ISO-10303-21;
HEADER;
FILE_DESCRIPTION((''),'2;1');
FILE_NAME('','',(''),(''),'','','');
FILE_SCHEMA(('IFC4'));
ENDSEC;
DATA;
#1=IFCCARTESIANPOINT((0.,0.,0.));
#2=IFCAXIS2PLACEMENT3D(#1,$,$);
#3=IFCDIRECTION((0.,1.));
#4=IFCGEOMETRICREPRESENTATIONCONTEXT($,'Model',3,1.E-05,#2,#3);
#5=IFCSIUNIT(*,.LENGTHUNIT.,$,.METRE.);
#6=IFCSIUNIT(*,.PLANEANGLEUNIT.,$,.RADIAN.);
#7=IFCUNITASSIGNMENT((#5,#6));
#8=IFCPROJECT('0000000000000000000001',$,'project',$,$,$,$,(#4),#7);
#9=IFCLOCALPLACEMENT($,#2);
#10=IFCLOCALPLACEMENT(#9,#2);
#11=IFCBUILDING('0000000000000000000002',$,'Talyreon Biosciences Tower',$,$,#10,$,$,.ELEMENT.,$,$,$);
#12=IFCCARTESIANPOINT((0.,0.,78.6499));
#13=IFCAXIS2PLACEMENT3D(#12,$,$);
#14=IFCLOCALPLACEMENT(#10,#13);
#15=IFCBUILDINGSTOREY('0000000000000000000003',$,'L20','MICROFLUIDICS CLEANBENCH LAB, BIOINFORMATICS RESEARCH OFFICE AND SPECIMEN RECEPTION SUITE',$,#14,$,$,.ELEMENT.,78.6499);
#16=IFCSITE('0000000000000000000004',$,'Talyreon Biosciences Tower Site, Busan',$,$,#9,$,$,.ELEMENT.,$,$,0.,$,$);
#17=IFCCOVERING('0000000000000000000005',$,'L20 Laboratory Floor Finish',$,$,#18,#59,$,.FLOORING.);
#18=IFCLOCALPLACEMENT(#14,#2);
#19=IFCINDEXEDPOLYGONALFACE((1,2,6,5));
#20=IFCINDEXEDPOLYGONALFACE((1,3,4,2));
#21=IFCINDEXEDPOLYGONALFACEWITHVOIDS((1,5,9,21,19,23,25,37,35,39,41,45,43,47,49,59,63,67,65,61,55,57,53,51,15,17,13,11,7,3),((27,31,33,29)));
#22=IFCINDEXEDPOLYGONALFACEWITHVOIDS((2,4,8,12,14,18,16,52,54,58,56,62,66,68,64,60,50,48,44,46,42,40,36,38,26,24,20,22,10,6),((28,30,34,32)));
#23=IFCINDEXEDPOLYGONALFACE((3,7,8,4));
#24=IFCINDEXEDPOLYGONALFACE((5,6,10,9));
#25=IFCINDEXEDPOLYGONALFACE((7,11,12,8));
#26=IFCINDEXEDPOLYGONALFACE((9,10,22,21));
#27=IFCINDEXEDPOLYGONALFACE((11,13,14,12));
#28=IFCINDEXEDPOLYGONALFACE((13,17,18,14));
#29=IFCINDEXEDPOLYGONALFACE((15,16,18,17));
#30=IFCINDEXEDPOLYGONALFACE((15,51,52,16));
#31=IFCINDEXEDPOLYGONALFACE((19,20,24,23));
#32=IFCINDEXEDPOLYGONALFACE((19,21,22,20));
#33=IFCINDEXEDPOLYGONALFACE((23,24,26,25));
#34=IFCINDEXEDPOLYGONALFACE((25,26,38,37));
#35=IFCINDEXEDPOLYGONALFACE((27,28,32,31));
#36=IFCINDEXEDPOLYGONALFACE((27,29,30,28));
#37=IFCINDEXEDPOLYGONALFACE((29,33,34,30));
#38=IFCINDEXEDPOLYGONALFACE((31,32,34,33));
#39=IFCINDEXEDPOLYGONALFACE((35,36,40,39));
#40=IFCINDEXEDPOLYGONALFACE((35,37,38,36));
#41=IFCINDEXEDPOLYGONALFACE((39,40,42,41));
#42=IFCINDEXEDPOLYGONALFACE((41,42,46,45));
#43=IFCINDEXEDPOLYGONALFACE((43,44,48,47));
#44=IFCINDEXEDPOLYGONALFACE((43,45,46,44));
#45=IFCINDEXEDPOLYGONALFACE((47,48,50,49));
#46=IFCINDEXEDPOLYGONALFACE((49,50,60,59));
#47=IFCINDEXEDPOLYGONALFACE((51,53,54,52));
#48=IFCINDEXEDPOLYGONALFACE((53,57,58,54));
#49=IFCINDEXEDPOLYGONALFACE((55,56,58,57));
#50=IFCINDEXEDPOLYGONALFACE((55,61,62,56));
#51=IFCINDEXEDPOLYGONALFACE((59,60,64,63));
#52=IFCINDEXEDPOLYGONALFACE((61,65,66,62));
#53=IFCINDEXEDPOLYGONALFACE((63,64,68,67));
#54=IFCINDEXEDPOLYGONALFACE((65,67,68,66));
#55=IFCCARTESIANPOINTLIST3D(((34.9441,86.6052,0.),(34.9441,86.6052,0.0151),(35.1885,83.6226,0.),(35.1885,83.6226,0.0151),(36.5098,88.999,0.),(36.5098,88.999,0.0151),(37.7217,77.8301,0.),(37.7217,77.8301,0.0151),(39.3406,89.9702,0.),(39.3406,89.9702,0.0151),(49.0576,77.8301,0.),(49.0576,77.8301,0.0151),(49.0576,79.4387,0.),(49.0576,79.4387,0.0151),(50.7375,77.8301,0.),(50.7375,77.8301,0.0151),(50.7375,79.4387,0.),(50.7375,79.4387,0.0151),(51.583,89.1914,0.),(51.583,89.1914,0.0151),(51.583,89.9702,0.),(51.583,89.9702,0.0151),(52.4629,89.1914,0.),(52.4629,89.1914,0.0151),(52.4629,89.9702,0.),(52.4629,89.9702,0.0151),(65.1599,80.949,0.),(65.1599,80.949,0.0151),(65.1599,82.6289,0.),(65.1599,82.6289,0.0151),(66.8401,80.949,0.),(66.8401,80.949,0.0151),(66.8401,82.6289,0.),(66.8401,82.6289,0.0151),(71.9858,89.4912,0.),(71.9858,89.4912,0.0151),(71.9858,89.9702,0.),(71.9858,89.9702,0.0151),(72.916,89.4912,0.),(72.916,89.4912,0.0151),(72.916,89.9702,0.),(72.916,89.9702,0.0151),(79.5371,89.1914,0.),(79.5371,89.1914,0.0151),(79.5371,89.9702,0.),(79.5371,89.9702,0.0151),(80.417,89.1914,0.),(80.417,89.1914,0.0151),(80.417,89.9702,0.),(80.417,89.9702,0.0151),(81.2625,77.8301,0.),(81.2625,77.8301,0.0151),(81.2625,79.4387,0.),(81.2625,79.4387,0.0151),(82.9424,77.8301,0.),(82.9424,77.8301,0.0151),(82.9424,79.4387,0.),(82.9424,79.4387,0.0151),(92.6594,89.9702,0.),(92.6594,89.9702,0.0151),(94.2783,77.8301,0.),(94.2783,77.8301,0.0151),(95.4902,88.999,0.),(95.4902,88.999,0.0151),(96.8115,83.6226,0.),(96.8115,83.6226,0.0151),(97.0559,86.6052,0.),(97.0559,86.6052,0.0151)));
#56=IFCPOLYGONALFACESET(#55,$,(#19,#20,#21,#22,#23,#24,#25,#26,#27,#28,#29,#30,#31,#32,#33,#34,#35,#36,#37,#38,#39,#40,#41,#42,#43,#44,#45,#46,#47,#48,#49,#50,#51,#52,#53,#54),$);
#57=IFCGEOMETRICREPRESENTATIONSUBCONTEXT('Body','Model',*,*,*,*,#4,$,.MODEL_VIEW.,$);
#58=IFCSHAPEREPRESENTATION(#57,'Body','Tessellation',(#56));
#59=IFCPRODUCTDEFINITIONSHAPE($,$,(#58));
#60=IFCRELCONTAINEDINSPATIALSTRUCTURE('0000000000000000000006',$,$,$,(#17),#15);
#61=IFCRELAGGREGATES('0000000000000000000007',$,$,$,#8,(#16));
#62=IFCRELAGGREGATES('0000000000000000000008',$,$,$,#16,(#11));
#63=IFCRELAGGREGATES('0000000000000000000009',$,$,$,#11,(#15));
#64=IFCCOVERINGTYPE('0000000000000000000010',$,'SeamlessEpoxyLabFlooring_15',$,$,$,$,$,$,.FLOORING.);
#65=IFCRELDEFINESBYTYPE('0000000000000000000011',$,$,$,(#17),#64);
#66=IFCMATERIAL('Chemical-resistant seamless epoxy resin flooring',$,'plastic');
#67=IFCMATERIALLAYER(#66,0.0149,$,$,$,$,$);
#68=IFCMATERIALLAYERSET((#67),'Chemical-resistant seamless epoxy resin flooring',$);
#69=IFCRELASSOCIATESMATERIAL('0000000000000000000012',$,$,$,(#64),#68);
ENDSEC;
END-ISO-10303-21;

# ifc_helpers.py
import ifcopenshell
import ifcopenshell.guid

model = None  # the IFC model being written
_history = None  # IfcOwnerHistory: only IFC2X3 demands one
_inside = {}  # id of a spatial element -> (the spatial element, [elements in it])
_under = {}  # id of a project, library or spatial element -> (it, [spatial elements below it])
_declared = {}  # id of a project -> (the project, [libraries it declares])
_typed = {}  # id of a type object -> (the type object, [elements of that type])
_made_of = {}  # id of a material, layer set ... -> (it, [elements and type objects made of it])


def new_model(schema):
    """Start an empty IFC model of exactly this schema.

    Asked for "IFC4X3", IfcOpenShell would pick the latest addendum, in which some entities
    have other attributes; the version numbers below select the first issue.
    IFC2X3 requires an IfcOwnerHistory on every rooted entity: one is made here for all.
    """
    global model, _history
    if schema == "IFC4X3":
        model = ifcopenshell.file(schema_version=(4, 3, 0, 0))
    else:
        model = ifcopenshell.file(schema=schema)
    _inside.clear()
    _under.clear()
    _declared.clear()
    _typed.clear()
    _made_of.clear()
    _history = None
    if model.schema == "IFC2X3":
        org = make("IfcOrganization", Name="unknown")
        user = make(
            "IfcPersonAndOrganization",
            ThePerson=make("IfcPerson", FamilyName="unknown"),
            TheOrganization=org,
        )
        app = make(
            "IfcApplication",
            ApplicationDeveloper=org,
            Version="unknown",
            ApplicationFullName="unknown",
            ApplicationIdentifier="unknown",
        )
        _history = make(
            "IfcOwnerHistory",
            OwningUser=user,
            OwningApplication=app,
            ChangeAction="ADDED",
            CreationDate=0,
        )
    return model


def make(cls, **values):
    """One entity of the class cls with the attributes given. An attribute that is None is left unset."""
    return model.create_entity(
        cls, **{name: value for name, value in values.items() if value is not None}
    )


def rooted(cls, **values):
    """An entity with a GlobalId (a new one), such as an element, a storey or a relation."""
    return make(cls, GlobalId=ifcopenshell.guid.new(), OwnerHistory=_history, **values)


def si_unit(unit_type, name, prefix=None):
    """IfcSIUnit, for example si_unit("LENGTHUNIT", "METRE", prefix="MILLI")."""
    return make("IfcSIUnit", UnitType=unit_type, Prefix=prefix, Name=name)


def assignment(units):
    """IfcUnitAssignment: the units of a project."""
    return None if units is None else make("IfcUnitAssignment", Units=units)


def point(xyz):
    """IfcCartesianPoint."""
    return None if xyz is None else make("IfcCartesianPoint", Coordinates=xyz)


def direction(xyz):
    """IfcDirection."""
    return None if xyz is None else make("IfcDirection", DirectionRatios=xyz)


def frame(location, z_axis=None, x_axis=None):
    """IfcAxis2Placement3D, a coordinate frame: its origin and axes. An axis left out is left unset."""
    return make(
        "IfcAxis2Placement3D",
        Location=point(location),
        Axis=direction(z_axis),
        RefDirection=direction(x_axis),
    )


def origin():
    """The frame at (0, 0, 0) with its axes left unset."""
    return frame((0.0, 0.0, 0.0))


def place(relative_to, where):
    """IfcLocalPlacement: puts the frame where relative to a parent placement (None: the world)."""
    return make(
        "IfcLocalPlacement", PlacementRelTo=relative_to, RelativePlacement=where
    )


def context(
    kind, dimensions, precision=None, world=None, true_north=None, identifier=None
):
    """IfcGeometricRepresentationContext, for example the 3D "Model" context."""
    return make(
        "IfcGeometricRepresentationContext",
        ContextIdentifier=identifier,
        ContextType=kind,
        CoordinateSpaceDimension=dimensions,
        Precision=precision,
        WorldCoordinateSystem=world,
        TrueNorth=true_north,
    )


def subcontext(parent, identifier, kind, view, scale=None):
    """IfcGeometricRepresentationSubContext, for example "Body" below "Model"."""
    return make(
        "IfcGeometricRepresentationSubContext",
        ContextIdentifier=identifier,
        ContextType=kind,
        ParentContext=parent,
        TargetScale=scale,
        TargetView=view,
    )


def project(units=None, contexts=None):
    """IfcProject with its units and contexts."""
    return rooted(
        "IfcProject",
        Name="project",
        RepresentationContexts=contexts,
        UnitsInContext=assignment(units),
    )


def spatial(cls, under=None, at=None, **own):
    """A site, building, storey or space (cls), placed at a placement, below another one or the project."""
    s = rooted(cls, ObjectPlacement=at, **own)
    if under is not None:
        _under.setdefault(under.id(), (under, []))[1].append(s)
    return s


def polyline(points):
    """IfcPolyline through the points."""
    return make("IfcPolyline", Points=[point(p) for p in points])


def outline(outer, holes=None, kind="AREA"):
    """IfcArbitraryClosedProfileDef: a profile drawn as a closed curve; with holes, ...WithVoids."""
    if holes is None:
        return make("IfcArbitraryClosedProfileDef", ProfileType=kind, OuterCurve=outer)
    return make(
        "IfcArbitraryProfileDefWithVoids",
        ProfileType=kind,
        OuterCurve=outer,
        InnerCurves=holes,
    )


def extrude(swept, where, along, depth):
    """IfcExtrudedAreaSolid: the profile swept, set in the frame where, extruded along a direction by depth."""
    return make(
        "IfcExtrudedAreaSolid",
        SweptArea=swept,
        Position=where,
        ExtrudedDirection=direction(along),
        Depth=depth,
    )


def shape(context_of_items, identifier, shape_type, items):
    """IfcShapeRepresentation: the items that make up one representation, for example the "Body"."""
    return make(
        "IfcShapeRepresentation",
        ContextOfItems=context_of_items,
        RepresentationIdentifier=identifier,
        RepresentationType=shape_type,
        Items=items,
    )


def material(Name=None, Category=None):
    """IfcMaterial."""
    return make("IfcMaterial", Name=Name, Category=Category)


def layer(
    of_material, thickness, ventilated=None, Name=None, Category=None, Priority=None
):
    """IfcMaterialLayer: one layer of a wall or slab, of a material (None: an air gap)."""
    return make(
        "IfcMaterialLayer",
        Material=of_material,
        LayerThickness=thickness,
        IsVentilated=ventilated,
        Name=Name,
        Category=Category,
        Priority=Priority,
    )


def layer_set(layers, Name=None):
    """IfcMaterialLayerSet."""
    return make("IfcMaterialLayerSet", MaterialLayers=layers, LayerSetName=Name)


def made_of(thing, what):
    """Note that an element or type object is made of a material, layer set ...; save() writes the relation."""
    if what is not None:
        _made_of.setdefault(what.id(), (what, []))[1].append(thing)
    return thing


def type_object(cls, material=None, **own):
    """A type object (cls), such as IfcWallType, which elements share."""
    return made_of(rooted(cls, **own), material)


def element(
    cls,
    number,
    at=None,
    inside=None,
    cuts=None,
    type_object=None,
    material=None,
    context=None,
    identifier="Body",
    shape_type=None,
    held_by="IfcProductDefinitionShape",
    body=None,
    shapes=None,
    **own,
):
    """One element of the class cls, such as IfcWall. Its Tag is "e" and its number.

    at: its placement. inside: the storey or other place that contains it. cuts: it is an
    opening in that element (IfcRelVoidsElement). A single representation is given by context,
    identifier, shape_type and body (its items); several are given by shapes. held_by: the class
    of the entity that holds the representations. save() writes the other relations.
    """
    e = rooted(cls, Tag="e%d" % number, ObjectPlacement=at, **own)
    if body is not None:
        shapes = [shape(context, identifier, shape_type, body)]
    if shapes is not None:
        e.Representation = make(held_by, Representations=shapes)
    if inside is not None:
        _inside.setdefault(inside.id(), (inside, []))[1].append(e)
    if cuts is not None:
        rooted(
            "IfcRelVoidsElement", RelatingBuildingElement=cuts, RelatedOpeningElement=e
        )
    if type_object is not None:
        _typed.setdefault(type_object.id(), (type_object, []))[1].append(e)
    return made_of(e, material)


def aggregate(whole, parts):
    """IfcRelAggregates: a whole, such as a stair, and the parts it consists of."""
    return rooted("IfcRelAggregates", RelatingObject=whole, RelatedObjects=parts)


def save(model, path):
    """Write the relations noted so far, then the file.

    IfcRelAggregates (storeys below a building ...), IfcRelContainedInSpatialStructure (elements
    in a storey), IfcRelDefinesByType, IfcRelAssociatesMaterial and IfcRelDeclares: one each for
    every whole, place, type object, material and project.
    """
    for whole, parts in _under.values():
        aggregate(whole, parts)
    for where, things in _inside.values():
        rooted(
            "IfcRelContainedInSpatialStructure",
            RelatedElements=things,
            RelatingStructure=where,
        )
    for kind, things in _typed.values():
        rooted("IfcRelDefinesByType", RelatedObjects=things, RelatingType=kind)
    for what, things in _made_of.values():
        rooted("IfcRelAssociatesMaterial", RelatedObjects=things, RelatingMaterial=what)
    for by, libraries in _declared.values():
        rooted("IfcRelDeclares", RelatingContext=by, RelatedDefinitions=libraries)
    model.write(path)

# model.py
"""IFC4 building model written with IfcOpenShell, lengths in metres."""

from ifc_helpers import new_model, si_unit, direction, frame, origin, place, context, subcontext, project, spatial, polyline, outline, extrude, material, layer, layer_set, type_object, element, save


model = new_model("IFC4")

# Units and contexts
model_context = context("Model", 3, precision=1e-05, world=origin(), true_north=direction((0.0, 1.0)))
body_context = subcontext(model_context, "Body", "Model", "MODEL_VIEW")
ifc_project = project(units=[si_unit("LENGTHUNIT", "METRE"), si_unit("PLANEANGLEUNIT", "RADIAN")], contexts=[model_context])

# Site, building, storey
site_placement = place(None, origin())
site = spatial("IfcSite", under=ifc_project, at=site_placement, Name="Talyreon Biosciences Tower Site, Busan", CompositionType="ELEMENT", RefElevation=0.0)
building_placement = place(site_placement, origin())
building = spatial("IfcBuilding", under=site, at=building_placement, Name="Talyreon Biosciences Tower", CompositionType="ELEMENT")
storey_placement = place(building_placement, frame((0.0, 0.0, 78.6499)))
storey = spatial("IfcBuildingStorey", under=building, at=storey_placement, Name="L20", Description="MICROFLUIDICS CLEANBENCH LAB, BIOINFORMATICS RESEARCH OFFICE AND SPECIMEN RECEPTION SUITE", CompositionType="ELEMENT", Elevation=78.6499)

# Covering
ifc_material_1 = material(Name="Chemical-resistant seamless epoxy resin flooring", Category="plastic")
ifc_layer_1 = layer(ifc_material_1, 0.0149)
ifc_layer_set_1 = layer_set([ifc_layer_1], Name="Chemical-resistant seamless epoxy resin flooring")
covering_type_1 = type_object("IfcCoveringType", Name="SeamlessEpoxyLabFlooring_15", PredefinedType="FLOORING", material=ifc_layer_set_1)
covering_1_placement = place(storey_placement, origin())
element("IfcCovering", 1, at=covering_1_placement, inside=storey, type_object=covering_type_1, Name="L20 Laboratory Floor Finish", PredefinedType="FLOORING", context=body_context, shape_type="SweptSolid", body=[
    extrude(outline(polyline([(34.9441, 86.6052), (36.5098, 88.999), (39.3406, 89.9702), (51.583, 89.9702), (51.583, 89.1914), (52.4629, 89.1914), (52.4629, 89.9702), (71.9858, 89.9702), (71.9858, 89.4912), (72.916, 89.4912), (72.916, 89.9702), (79.5371, 89.9702), (79.5371, 89.1914), (80.417, 89.1914), (80.417, 89.9702), (92.6594, 89.9702), (95.4902, 88.999), (97.0559, 86.6052), (96.8115, 83.6226), (94.2783, 77.8301), (82.9424, 77.8301), (82.9424, 79.4387), (81.2625, 79.4387), (81.2625, 77.8301), (50.7375, 77.8301), (50.7375, 79.4387), (49.0576, 79.4387), (49.0576, 77.8301), (37.7217, 77.8301), (35.1885, 83.6226), (34.9441, 86.6052)]), holes=[polyline([(65.1599, 80.949), (66.8401, 80.949), (66.8401, 82.6289), (65.1599, 82.6289), (65.1599, 80.949)])]), origin(), (0.0, 0.0, 1.0), 0.0151),
])

save(model, "model.ifc")
